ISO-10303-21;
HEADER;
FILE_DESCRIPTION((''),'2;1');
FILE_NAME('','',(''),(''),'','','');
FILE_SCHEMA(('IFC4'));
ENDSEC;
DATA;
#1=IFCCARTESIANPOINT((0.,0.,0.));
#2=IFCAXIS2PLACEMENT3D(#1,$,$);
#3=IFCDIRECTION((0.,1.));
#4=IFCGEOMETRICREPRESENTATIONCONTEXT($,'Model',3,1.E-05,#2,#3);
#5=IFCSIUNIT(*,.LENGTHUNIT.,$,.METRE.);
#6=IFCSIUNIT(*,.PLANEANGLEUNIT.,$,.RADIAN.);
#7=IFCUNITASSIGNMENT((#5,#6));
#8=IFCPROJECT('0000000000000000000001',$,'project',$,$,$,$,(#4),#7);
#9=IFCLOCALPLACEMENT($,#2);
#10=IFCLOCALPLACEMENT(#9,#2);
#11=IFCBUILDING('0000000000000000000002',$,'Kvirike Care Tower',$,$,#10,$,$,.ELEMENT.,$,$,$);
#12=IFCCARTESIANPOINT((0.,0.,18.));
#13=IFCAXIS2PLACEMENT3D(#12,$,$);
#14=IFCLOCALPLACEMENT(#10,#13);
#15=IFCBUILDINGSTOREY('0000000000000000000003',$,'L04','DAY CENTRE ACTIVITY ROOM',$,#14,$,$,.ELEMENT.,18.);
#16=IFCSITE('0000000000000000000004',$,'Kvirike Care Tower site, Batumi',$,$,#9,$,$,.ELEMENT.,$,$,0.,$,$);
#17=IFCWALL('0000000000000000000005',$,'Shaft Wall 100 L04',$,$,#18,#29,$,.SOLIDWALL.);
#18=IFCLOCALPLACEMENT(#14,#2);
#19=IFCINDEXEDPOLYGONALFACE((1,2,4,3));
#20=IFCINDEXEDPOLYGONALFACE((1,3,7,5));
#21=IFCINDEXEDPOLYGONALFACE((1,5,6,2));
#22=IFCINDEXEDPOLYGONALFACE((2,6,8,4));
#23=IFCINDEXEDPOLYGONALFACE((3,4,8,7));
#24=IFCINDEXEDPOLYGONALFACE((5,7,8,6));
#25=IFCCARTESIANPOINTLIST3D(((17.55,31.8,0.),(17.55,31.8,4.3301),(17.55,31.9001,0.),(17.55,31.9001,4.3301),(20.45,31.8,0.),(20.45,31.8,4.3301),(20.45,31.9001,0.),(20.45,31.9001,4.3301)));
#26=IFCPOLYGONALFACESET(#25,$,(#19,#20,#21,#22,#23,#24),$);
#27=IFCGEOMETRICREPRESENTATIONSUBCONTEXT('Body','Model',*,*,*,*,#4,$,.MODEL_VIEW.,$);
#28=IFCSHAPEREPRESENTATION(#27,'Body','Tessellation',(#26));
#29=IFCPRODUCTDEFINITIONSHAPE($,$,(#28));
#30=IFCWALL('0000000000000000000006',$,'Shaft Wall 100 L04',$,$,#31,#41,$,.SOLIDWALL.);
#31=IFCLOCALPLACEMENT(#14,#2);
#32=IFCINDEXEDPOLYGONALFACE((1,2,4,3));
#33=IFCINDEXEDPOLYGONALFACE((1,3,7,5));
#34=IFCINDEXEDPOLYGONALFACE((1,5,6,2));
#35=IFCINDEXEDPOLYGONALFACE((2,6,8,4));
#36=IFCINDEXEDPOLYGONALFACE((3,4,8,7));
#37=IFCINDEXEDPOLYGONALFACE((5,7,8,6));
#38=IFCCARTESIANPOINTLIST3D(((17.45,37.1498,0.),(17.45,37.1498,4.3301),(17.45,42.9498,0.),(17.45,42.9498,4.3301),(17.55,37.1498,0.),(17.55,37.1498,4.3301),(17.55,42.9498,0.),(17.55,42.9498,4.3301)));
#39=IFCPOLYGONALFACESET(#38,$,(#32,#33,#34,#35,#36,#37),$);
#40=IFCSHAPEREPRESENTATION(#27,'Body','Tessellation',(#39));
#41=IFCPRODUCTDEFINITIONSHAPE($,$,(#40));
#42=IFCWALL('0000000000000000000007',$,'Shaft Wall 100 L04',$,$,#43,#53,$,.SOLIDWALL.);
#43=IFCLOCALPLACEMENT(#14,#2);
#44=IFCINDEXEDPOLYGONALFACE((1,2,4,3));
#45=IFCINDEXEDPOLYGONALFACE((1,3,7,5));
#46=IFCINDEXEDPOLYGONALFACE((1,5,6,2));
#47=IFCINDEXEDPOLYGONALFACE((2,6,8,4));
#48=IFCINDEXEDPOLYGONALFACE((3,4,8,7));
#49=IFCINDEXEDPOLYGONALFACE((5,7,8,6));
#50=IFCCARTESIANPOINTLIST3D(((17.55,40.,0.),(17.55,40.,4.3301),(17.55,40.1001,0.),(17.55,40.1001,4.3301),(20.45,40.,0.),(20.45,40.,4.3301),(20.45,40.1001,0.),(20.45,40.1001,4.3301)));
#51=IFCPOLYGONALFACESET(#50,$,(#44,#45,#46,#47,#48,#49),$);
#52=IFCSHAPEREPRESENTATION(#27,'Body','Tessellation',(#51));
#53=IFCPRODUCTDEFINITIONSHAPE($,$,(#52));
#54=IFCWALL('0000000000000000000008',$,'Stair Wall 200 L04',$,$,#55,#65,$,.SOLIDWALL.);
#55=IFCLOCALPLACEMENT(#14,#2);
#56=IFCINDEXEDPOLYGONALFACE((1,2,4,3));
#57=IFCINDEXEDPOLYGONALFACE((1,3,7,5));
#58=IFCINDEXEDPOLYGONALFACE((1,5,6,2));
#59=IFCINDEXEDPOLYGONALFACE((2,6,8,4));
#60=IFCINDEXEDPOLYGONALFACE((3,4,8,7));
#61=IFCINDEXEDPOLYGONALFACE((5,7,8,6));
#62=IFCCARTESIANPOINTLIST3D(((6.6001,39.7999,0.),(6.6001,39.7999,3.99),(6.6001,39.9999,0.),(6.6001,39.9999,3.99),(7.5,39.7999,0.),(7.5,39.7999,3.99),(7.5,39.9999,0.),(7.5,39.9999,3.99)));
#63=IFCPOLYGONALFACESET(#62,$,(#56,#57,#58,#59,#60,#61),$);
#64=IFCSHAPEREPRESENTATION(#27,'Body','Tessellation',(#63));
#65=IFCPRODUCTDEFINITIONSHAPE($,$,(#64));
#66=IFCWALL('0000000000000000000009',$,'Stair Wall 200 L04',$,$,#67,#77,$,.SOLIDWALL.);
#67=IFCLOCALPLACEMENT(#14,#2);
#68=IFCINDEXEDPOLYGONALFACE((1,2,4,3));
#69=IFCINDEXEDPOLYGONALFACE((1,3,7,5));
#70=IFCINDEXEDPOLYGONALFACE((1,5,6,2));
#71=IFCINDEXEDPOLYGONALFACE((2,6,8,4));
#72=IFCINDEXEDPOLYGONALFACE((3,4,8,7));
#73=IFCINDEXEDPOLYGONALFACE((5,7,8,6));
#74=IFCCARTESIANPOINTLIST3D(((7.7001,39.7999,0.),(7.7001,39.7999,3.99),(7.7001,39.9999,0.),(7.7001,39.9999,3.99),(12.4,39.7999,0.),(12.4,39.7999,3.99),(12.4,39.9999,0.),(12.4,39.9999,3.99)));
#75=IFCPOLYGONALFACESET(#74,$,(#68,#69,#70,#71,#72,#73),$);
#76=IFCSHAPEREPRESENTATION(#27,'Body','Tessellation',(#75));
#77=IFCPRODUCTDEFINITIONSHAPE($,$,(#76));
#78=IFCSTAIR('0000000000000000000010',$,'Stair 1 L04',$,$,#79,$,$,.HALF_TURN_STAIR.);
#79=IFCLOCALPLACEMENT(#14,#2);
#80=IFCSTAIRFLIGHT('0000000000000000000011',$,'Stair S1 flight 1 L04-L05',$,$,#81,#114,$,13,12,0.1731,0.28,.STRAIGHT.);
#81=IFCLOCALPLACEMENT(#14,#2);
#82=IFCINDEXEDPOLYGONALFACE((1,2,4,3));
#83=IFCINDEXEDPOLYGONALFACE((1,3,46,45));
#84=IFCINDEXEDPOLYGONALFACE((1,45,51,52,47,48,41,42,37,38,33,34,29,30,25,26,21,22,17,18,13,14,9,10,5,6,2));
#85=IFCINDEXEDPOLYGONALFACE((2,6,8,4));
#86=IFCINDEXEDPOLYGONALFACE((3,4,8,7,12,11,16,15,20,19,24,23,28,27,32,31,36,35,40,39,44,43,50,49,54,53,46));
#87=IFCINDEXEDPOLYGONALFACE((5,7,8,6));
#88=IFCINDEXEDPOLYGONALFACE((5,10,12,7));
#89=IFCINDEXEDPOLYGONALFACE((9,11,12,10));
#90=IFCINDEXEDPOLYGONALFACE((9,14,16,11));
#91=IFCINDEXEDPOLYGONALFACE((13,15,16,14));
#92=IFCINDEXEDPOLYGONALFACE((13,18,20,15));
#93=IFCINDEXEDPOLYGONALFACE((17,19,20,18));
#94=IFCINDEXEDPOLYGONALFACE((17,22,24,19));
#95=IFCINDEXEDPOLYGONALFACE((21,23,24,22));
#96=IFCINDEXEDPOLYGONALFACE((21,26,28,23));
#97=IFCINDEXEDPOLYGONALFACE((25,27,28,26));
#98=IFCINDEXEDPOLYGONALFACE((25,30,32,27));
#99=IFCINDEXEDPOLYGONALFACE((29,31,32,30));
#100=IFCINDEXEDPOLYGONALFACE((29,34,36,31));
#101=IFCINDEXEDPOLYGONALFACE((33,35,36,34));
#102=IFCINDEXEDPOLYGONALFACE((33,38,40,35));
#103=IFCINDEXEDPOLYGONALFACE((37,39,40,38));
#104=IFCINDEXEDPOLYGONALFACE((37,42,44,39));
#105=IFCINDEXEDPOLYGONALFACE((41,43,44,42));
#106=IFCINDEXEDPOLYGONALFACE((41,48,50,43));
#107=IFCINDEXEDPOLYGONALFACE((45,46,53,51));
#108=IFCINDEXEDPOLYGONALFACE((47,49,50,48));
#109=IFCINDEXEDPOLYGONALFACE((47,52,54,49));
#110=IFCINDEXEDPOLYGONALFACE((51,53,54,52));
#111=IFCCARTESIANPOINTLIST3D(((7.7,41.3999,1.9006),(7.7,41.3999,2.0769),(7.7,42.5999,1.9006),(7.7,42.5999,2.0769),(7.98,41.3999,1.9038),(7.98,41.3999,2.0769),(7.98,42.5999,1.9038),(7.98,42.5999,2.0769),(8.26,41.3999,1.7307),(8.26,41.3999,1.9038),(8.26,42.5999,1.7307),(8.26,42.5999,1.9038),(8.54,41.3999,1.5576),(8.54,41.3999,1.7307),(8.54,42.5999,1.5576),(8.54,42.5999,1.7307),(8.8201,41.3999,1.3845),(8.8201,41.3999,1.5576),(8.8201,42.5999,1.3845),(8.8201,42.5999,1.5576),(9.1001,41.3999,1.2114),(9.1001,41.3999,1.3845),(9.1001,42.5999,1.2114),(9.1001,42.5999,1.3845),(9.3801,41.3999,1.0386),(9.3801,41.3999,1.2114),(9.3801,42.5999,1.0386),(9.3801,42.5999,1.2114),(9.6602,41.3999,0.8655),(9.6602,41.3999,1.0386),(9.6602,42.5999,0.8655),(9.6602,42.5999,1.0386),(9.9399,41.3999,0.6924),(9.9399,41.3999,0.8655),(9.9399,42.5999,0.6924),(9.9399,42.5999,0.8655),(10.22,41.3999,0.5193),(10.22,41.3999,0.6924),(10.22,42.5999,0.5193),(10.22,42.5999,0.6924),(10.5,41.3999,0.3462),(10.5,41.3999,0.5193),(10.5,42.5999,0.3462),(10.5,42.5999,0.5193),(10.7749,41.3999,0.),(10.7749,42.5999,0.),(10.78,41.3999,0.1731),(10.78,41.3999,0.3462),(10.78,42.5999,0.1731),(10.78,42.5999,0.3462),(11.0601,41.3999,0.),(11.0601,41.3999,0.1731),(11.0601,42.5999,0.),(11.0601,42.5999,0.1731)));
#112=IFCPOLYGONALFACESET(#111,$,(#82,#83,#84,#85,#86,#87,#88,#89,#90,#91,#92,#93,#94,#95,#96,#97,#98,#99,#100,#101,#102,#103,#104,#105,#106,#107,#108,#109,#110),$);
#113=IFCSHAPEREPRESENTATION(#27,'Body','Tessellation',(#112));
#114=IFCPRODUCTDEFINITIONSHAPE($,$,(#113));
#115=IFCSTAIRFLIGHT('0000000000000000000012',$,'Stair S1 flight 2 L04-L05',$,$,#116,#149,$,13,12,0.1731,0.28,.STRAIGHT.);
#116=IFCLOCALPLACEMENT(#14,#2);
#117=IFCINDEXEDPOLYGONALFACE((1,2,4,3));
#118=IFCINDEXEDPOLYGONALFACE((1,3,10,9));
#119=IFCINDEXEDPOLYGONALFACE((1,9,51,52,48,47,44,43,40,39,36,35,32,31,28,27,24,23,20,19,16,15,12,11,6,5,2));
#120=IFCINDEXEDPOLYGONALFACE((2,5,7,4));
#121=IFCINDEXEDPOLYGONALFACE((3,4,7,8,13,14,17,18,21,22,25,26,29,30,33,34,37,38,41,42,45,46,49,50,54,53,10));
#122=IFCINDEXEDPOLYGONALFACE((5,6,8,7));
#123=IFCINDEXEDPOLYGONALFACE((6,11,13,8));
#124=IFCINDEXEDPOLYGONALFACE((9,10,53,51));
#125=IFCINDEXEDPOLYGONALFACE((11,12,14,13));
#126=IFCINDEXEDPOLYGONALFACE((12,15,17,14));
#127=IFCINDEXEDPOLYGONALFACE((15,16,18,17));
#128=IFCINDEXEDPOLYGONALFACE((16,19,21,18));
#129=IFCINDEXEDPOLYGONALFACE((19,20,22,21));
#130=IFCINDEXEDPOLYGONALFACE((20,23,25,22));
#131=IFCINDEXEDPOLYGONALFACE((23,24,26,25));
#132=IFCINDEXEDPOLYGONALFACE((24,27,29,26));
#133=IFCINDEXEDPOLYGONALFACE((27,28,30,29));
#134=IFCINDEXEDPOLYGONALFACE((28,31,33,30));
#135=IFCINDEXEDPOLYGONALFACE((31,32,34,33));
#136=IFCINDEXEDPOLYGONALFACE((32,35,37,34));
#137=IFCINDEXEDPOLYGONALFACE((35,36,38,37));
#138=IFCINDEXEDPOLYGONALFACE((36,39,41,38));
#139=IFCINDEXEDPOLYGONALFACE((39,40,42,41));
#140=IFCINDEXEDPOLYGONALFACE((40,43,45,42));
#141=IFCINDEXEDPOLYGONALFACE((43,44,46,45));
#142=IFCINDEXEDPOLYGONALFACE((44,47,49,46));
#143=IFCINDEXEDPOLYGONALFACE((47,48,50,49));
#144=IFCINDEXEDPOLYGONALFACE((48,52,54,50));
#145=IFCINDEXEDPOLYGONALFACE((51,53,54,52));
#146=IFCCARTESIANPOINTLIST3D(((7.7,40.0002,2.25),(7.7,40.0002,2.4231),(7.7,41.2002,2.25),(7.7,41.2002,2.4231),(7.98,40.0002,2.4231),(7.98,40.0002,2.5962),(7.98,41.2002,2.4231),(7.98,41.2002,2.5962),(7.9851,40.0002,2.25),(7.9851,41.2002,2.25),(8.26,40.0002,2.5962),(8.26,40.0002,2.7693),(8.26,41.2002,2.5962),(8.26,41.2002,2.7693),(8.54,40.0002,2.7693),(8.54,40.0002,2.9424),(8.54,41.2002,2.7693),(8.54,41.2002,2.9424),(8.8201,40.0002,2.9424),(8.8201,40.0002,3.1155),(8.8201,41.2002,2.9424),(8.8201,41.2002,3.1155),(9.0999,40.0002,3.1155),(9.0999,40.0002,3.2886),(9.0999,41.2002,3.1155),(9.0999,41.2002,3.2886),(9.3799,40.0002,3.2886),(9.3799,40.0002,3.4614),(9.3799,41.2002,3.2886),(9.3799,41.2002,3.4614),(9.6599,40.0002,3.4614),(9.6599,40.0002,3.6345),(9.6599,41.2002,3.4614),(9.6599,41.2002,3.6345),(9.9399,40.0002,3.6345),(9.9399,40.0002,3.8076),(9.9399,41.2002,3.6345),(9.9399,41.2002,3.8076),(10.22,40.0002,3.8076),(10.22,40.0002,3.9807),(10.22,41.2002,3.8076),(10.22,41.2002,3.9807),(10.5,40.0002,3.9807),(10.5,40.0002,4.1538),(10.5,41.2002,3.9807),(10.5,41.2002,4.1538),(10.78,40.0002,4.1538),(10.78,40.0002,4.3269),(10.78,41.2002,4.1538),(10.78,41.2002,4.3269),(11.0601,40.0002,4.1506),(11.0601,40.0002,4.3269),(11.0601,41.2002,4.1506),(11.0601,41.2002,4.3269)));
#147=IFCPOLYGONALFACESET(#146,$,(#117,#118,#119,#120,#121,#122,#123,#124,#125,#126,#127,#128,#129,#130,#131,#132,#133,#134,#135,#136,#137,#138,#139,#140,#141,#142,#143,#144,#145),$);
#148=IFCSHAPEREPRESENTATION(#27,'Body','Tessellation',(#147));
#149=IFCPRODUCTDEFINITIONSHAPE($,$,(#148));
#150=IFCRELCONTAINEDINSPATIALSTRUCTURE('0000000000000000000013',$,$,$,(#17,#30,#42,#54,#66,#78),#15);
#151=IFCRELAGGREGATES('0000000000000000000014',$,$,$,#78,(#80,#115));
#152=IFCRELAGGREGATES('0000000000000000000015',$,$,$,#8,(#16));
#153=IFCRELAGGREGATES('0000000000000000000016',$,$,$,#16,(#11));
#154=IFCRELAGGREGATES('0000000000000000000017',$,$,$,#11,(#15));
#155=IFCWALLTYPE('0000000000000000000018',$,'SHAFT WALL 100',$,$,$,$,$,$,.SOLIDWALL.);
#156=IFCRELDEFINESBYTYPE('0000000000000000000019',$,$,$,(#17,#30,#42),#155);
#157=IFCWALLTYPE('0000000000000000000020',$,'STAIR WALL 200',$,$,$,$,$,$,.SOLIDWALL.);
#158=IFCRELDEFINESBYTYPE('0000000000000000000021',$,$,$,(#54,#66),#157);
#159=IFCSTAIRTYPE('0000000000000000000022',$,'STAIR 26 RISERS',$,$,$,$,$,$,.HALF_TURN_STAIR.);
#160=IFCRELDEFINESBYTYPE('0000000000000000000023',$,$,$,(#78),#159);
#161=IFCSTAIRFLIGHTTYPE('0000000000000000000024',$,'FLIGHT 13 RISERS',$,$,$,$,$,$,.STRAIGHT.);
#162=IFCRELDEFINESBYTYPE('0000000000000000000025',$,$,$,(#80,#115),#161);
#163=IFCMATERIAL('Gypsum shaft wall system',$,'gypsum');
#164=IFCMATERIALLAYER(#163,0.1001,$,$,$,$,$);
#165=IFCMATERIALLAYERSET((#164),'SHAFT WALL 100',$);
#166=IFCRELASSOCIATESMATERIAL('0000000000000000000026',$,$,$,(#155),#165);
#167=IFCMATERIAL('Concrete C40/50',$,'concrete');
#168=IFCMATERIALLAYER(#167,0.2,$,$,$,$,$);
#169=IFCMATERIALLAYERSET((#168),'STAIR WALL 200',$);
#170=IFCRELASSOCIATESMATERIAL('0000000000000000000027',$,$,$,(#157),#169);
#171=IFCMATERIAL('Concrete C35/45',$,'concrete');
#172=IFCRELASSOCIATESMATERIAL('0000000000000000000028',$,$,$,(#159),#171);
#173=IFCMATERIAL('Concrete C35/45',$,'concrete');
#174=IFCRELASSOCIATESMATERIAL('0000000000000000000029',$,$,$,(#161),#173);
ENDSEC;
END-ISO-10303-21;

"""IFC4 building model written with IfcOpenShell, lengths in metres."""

from ifc_helpers import new_model, si_unit, direction, frame, frame_2d, origin, place, context, subcontext, project, spatial, polyline, rectangle, outline, extrude, material, layer, layer_set, type_object, element, aggregate, save


model = new_model("IFC4")

# Units and contexts
model_context = context("Model", 3, precision=1e-05, world=origin(), true_north=direction((0.0, 1.0)))
body_context = subcontext(model_context, "Body", "Model", "MODEL_VIEW")
ifc_project = project(units=[si_unit("LENGTHUNIT", "METRE"), si_unit("PLANEANGLEUNIT", "RADIAN")], contexts=[model_context])

# Site, building, storey
site_placement = place(None, origin())
site = spatial("IfcSite", under=ifc_project, at=site_placement, Name="Kvirike Care Tower site, Batumi", CompositionType="ELEMENT", RefElevation=0.0)
building_placement = place(site_placement, origin())
building = spatial("IfcBuilding", under=site, at=building_placement, Name="Kvirike Care Tower", CompositionType="ELEMENT")
storey_placement = place(building_placement, frame((0.0, 0.0, 18.0)))
storey = spatial("IfcBuildingStorey", under=building, at=storey_placement, Name="L04", Description="DAY CENTRE ACTIVITY ROOM", CompositionType="ELEMENT", Elevation=18.0)

# Shared definitions
ifc_material_1 = material(Name="Gypsum shaft wall system", Category="gypsum")
ifc_layer_1 = layer(ifc_material_1, 0.1001)
ifc_layer_set_1 = layer_set([ifc_layer_1], Name="SHAFT WALL 100")
wall_type_1 = type_object("IfcWallType", Name="SHAFT WALL 100", PredefinedType="SOLIDWALL", material=ifc_layer_set_1)

# Walls
wall_1_placement = place(storey_placement, frame((17.55, 31.8501, 0.0), z_axis=(0.0, 0.0, 1.0), x_axis=(1.0, 0.0, 0.0)))
element("IfcWall", 1, at=wall_1_placement, inside=storey, type_object=wall_type_1, Name="Shaft Wall 100 L04", PredefinedType="SOLIDWALL", context=body_context, shape_type="SweptSolid", body=[
    extrude(rectangle(XDim=2.8999, YDim=0.1001, at=frame_2d((1.45, 0.0))), origin(), (0.0, 0.0, 1.0), 4.3301),
])
wall_2_placement = place(storey_placement, frame((17.5, 37.1499, 0.0), z_axis=(0.0, 0.0, 1.0), x_axis=(0.0, 1.0, 0.0)))
element("IfcWall", 2, at=wall_2_placement, inside=storey, type_object=wall_type_1, Name="Shaft Wall 100 L04", PredefinedType="SOLIDWALL", context=body_context, shape_type="SweptSolid", body=[
    extrude(rectangle(XDim=5.8, YDim=0.1001, at=frame_2d((2.8999, 0.0))), origin(), (0.0, 0.0, 1.0), 4.3301),
])
wall_3_placement = place(storey_placement, frame((17.55, 40.05, 0.0), z_axis=(0.0, 0.0, 1.0), x_axis=(1.0, 0.0, 0.0)))
element("IfcWall", 3, at=wall_3_placement, inside=storey, type_object=wall_type_1, Name="Shaft Wall 100 L04", PredefinedType="SOLIDWALL", context=body_context, shape_type="SweptSolid", body=[
    extrude(rectangle(XDim=2.8999, YDim=0.1001, at=frame_2d((1.45, 0.0))), origin(), (0.0, 0.0, 1.0), 4.3301),
])
ifc_material_2 = material(Name="Concrete C40/50", Category="concrete")
ifc_layer_2 = layer(ifc_material_2, 0.2)
ifc_layer_set_2 = layer_set([ifc_layer_2], Name="STAIR WALL 200")
wall_type_2 = type_object("IfcWallType", Name="STAIR WALL 200", PredefinedType="SOLIDWALL", material=ifc_layer_set_2)
wall_4_placement = place(storey_placement, frame((6.6001, 39.8999, 0.0), z_axis=(0.0, 0.0, 1.0), x_axis=(1.0, 0.0, 0.0)))
element("IfcWall", 4, at=wall_4_placement, inside=storey, type_object=wall_type_2, Name="Stair Wall 200 L04", PredefinedType="SOLIDWALL", context=body_context, shape_type="SweptSolid", body=[
    extrude(rectangle(XDim=0.8999, YDim=0.2, at=frame_2d((0.45, 0.0))), origin(), (0.0, 0.0, 1.0), 3.99),
])
wall_5_placement = place(storey_placement, frame((7.7, 39.8999, 0.0), z_axis=(0.0, 0.0, 1.0), x_axis=(1.0, 0.0, 0.0)))
element("IfcWall", 5, at=wall_5_placement, inside=storey, type_object=wall_type_2, Name="Stair Wall 200 L04", PredefinedType="SOLIDWALL", context=body_context, shape_type="SweptSolid", body=[
    extrude(rectangle(XDim=4.7, YDim=0.2, at=frame_2d((2.3501, 0.0))), origin(), (0.0, 0.0, 1.0), 3.99),
])

# Stair, stair flights
ifc_material_3 = material(Name="Concrete C35/45", Category="concrete")
stair_type = type_object("IfcStairType", Name="STAIR 26 RISERS", PredefinedType="HALF_TURN_STAIR", material=ifc_material_3)
stair_placement = place(storey_placement, origin())
stair = element("IfcStair", 6, at=stair_placement, inside=storey, type_object=stair_type, Name="Stair 1 L04", PredefinedType="HALF_TURN_STAIR")
ifc_material_4 = material(Name="Concrete C35/45", Category="concrete")
stair_flight_type = type_object("IfcStairFlightType", Name="FLIGHT 13 RISERS", PredefinedType="STRAIGHT", material=ifc_material_4)
stair_flight_1_placement = place(storey_placement, frame((11.0601, 42.0, 0.0), z_axis=(0.0, 0.0, 1.0), x_axis=(-1.0, 0.0, 0.0)))
stair_flight_1 = element("IfcStairFlight", 7, at=stair_flight_1_placement, type_object=stair_flight_type, Name="Stair S1 flight 1 L04-L05", NumberOfRisers=13, NumberOfTreads=12, PredefinedType="STRAIGHT", RiserHeight=0.1731, TreadLength=0.28, context=body_context, shape_type="SweptSolid", body=[
    extrude(outline(polyline([(0.0, 0.0), (0.0, 0.1731), (0.28, 0.1731), (0.28, 0.3462), (0.5601, 0.3462), (0.5601, 0.5193), (0.8401, 0.5193), (0.8401, 0.6924), (1.1201, 0.6924), (1.1201, 0.8655), (1.3999, 0.8655), (1.3999, 1.0386), (1.6799, 1.0386), (1.6799, 1.2114), (1.96, 1.2114), (1.96, 1.3845), (2.24, 1.3845), (2.24, 1.5576), (2.52, 1.5576), (2.52, 1.7307), (2.8, 1.7307), (2.8, 1.9038), (3.0801, 1.9038), (3.0801, 2.0769), (3.3601, 2.0769), (3.3601, 2.25), (3.3601, 1.9006), (0.2852, 0.0), (0.0, 0.0)])), frame((0.0, 0.6001, 0.0), z_axis=(0.0, -1.0, 0.0), x_axis=(1.0, 0.0, 0.0)), (0.0, 0.0, 1.0), 1.2),
])
stair_flight_2_placement = place(storey_placement, frame((7.7, 40.6001, 2.25), z_axis=(0.0, 0.0, 1.0), x_axis=(1.0, 0.0, 0.0)))
stair_flight_2 = element("IfcStairFlight", 8, at=stair_flight_2_placement, type_object=stair_flight_type, Name="Stair S1 flight 2 L04-L05", NumberOfRisers=13, NumberOfTreads=12, PredefinedType="STRAIGHT", RiserHeight=0.1731, TreadLength=0.28, context=body_context, shape_type="SweptSolid", body=[
    extrude(outline(polyline([(0.0, 0.0), (0.0, 0.1731), (0.28, 0.1731), (0.28, 0.3462), (0.5601, 0.3462), (0.5601, 0.5193), (0.8401, 0.5193), (0.8401, 0.6924), (1.1201, 0.6924), (1.1201, 0.8655), (1.3999, 0.8655), (1.3999, 1.0386), (1.6799, 1.0386), (1.6799, 1.2114), (1.96, 1.2114), (1.96, 1.3845), (2.24, 1.3845), (2.24, 1.5576), (2.52, 1.5576), (2.52, 1.7307), (2.8, 1.7307), (2.8, 1.9038), (3.0801, 1.9038), (3.0801, 2.0769), (3.3601, 2.0769), (3.3601, 2.25), (3.3601, 1.9006), (0.2852, 0.0), (0.0, 0.0)])), frame((0.0, 0.6001, 0.0), z_axis=(0.0, -1.0, 0.0), x_axis=(1.0, 0.0, 0.0)), (0.0, 0.0, 1.0), 1.2),
])
aggregate(stair, [stair_flight_1, stair_flight_2])

save(model, "model.ifc")
